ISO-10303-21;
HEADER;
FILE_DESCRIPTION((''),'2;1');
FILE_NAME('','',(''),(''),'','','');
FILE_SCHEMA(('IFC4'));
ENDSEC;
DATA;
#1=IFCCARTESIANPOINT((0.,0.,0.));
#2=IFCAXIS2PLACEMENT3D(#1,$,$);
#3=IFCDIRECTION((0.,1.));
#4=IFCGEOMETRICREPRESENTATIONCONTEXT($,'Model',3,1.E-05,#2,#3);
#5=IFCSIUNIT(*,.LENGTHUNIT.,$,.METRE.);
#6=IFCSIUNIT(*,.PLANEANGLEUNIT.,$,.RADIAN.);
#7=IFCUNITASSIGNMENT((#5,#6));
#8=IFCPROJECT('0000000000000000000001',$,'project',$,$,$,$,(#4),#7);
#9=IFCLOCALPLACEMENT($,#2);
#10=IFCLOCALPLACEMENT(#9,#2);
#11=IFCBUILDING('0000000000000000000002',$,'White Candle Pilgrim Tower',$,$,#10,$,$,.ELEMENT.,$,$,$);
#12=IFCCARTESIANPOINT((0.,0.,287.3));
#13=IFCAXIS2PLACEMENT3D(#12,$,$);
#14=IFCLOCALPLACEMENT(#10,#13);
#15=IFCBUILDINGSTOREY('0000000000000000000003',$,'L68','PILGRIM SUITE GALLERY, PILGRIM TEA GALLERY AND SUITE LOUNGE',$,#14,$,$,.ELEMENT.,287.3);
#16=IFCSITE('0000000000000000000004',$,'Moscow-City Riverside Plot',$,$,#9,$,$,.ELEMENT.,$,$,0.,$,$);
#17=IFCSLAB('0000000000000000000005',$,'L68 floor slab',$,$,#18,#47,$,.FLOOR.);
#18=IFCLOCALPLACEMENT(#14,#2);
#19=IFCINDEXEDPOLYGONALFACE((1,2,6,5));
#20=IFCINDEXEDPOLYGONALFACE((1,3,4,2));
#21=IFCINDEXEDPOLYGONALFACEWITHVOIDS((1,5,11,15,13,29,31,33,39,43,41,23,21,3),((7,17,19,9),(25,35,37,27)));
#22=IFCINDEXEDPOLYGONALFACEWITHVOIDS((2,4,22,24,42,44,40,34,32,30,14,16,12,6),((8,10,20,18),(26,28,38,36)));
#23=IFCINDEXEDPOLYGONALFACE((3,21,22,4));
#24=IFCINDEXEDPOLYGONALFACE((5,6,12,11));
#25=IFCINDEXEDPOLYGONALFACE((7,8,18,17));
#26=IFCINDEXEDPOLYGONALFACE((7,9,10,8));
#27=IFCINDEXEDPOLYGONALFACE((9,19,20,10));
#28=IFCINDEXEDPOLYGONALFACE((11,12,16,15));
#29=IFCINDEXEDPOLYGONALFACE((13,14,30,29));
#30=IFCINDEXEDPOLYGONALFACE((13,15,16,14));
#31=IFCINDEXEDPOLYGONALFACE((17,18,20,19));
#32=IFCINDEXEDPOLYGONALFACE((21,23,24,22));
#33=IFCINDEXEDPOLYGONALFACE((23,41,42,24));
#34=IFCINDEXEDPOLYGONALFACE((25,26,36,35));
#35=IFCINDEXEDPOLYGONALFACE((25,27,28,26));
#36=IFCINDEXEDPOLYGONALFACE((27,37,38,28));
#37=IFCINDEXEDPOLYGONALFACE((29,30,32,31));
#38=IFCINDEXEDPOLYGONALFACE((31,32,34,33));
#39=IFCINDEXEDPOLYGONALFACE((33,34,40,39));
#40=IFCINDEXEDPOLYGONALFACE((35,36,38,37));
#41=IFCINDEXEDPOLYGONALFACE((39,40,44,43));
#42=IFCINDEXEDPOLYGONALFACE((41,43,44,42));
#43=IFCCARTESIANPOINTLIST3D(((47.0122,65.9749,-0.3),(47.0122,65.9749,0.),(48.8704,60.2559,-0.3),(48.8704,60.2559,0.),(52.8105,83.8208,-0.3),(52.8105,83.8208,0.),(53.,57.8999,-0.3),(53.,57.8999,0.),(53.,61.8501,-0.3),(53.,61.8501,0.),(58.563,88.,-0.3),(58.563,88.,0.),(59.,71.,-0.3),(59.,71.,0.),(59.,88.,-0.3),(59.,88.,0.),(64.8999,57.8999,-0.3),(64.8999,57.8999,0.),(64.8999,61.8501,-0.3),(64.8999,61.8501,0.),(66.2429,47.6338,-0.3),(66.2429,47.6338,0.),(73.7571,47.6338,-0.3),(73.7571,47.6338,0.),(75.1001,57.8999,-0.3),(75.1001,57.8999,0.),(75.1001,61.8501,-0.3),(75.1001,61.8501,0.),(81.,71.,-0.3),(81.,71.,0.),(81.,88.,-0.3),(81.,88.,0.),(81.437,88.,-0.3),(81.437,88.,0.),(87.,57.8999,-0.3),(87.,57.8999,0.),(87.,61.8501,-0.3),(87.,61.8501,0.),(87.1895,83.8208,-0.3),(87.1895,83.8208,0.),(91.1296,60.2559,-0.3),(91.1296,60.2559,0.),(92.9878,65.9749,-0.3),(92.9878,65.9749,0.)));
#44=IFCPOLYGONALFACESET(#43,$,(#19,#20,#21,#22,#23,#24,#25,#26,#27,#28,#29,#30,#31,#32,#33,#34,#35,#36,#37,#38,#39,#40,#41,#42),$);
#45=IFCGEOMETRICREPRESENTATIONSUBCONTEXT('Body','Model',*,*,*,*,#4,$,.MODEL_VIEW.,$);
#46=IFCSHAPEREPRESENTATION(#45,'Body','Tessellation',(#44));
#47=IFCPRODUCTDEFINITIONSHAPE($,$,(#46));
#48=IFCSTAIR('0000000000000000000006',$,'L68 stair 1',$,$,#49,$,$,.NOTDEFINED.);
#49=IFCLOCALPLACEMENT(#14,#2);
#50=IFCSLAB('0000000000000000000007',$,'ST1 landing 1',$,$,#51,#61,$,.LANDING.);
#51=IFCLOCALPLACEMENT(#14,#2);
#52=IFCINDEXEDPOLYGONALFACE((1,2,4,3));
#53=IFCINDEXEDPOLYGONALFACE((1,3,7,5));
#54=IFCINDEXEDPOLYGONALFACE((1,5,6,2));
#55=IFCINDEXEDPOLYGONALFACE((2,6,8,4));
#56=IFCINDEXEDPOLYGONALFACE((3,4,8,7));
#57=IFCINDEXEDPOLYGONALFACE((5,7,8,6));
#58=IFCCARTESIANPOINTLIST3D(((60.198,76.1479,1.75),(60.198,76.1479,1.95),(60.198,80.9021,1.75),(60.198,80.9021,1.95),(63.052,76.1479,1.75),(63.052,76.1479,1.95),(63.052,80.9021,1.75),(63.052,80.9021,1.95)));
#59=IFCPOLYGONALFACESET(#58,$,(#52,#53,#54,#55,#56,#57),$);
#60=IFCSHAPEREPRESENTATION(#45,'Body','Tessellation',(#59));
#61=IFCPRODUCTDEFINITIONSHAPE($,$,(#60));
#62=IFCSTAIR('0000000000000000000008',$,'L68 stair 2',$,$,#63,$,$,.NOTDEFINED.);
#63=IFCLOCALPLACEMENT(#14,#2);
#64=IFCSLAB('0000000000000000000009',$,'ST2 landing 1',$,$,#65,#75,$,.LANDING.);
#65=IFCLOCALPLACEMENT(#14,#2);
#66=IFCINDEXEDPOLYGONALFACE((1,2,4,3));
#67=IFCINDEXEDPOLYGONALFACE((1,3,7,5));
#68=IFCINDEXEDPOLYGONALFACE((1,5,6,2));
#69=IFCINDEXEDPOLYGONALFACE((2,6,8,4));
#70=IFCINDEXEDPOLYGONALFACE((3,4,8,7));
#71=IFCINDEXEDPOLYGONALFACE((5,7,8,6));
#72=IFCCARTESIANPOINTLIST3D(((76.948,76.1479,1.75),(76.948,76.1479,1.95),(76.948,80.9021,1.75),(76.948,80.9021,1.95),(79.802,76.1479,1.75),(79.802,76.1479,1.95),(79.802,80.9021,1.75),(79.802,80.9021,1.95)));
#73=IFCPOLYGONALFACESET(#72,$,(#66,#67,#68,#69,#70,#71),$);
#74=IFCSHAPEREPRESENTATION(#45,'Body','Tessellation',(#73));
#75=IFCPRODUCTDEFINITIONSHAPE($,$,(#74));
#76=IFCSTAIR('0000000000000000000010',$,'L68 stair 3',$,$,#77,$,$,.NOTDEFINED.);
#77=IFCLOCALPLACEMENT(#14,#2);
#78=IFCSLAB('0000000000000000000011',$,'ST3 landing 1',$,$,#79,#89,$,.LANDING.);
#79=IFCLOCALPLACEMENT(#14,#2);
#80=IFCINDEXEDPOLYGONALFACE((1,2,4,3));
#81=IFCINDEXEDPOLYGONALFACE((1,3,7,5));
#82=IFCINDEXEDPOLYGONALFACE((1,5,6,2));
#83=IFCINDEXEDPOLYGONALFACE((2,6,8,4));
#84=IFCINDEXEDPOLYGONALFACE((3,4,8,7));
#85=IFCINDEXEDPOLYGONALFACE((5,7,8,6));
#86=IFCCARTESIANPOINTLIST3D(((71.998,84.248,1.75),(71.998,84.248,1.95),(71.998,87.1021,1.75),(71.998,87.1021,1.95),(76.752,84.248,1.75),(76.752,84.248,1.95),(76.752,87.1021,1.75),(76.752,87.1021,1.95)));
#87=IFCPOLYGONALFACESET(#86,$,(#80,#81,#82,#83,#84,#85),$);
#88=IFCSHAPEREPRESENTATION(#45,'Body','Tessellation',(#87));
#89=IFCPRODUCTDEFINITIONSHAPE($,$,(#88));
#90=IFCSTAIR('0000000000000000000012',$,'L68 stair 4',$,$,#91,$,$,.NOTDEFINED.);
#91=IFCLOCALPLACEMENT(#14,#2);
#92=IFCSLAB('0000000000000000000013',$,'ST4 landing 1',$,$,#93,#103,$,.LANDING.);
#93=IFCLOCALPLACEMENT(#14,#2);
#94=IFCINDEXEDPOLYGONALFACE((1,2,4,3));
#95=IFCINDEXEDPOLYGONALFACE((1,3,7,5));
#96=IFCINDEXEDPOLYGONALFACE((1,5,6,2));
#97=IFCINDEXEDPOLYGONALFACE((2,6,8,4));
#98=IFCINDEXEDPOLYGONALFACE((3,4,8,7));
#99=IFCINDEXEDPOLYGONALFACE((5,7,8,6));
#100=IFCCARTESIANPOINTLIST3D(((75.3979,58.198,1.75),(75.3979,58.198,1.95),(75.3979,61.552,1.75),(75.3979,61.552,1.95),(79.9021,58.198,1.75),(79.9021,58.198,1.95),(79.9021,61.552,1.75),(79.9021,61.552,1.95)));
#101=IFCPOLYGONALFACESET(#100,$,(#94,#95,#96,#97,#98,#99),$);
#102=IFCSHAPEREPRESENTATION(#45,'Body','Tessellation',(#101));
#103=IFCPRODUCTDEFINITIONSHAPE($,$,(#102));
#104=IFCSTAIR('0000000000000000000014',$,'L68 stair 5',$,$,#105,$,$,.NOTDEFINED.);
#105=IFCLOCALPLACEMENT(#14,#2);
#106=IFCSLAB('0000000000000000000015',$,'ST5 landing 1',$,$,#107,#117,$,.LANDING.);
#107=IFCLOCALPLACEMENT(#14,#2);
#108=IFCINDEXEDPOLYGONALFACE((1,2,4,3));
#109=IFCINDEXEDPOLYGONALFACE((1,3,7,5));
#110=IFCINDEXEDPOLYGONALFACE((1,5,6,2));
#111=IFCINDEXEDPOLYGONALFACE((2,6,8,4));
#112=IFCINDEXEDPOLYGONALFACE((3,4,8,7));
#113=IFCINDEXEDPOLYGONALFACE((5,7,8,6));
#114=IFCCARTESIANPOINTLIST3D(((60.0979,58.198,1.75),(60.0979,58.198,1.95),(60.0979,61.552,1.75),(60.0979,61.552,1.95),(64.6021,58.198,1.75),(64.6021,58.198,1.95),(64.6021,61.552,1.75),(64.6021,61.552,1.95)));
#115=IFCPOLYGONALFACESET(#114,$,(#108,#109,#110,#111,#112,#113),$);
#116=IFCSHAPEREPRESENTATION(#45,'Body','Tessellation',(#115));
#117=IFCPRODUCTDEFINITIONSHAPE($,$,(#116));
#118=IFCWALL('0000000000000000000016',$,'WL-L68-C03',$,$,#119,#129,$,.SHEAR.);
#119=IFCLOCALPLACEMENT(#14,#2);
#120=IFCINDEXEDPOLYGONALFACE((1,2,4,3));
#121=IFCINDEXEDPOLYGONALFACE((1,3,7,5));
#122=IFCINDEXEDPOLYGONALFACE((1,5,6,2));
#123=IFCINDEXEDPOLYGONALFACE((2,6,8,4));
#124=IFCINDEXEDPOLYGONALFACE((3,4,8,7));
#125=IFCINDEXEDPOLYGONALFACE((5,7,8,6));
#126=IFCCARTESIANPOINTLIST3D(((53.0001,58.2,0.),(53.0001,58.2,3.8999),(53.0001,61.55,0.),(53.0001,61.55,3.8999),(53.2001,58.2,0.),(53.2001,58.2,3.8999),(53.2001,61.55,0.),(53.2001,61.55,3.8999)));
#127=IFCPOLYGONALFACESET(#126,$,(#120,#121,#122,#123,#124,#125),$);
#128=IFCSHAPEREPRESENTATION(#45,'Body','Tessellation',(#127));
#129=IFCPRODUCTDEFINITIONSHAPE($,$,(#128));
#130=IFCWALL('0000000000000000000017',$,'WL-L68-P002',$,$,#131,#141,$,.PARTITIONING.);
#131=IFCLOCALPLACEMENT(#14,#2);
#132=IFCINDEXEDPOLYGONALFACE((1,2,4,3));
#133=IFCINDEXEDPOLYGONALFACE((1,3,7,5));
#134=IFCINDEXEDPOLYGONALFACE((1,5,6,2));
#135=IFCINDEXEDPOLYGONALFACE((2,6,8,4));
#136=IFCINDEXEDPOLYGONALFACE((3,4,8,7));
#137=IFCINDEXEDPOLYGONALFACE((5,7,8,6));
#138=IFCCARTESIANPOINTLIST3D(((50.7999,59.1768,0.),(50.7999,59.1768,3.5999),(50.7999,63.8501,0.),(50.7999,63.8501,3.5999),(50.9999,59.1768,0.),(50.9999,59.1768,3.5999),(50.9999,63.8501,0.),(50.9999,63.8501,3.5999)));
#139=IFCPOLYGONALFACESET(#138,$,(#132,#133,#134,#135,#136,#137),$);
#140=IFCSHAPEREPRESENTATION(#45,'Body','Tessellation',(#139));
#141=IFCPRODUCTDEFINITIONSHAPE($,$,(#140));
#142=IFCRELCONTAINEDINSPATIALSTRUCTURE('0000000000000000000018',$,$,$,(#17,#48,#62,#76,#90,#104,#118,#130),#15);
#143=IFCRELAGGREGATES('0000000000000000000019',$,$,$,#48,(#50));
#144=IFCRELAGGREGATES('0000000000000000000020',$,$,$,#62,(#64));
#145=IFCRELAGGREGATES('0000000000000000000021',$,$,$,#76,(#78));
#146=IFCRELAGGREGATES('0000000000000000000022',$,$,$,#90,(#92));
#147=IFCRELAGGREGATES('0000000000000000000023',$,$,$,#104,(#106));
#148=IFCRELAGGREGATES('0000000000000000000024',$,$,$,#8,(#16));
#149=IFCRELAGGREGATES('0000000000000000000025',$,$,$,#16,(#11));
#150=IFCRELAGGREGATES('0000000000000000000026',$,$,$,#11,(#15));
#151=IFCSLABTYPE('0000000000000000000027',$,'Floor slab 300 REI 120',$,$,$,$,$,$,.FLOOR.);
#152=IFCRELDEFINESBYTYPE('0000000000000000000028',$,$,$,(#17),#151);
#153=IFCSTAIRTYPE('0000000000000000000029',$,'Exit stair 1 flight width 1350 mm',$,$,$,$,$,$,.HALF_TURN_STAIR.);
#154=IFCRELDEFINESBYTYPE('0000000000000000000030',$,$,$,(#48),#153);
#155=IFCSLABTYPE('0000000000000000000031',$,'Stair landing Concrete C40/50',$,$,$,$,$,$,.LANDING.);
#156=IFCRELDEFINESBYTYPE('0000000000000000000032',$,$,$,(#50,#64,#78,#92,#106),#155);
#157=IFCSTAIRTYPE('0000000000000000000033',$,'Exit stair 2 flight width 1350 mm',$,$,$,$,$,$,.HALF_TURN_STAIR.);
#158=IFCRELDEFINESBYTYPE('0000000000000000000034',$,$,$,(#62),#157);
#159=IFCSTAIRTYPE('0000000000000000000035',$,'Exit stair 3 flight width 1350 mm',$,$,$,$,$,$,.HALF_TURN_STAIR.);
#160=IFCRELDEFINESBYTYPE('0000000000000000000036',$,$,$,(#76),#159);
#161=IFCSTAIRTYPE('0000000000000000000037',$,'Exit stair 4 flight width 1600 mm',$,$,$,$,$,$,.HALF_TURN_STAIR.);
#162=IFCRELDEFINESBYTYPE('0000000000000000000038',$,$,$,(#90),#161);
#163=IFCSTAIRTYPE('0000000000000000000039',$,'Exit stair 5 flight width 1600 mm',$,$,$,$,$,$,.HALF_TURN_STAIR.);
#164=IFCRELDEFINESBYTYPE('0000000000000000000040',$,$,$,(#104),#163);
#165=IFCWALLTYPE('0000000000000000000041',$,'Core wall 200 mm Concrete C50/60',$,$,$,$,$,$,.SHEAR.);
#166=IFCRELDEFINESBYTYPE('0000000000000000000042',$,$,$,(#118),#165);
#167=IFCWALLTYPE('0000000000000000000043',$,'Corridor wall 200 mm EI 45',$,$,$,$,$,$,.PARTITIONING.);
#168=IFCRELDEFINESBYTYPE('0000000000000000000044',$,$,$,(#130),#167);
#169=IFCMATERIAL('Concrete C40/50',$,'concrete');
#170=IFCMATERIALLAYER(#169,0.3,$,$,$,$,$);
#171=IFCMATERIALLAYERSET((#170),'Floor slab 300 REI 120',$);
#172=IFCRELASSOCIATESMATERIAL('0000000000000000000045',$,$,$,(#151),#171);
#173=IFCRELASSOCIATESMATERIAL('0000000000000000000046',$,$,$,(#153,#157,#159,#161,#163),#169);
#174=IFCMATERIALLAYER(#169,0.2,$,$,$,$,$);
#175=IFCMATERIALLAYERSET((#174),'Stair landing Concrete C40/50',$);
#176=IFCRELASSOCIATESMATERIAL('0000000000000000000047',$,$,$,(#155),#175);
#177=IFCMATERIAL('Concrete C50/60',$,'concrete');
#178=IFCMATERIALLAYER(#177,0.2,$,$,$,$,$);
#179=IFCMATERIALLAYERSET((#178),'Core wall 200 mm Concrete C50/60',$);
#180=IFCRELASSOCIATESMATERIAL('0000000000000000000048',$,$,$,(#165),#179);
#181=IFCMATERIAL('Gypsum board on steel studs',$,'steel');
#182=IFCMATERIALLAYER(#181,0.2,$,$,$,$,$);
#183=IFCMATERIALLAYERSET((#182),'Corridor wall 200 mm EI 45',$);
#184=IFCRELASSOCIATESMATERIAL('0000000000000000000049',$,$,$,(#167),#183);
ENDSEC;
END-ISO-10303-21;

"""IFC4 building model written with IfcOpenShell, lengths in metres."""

from ifc_helpers import new_model, si_unit, direction, frame, frame_2d, origin, place, context, subcontext, project, spatial, polyline, rectangle, outline, extrude, material, layer, layer_set, type_object, element, aggregate, save


model = new_model("IFC4")

# Units and contexts
model_context = context("Model", 3, precision=1e-05, world=origin(), true_north=direction((0.0, 1.0)))
body_context = subcontext(model_context, "Body", "Model", "MODEL_VIEW")
ifc_project = project(units=[si_unit("LENGTHUNIT", "METRE"), si_unit("PLANEANGLEUNIT", "RADIAN")], contexts=[model_context])

# Site, building, storey
site_placement = place(None, origin())
site = spatial("IfcSite", under=ifc_project, at=site_placement, Name="Moscow-City Riverside Plot", CompositionType="ELEMENT", RefElevation=0.0)
building_placement = place(site_placement, origin())
building = spatial("IfcBuilding", under=site, at=building_placement, Name="White Candle Pilgrim Tower", CompositionType="ELEMENT")
storey_placement = place(building_placement, frame((0.0, 0.0, 287.3)))
storey = spatial("IfcBuildingStorey", under=building, at=storey_placement, Name="L68", Description="PILGRIM SUITE GALLERY, PILGRIM TEA GALLERY AND SUITE LOUNGE", CompositionType="ELEMENT", Elevation=287.3)

# Slab
ifc_material_1 = material(Name="Concrete C40/50", Category="concrete")
ifc_layer_1 = layer(ifc_material_1, 0.3)
ifc_layer_set_1 = layer_set([ifc_layer_1], Name="Floor slab 300 REI 120")
slab_type_1 = type_object("IfcSlabType", Name="Floor slab 300 REI 120", PredefinedType="FLOOR", material=ifc_layer_set_1)
slab_1_placement = place(storey_placement, frame((0.0, 0.0, -0.3)))
element("IfcSlab", 1, at=slab_1_placement, inside=storey, type_object=slab_type_1, Name="L68 floor slab", PredefinedType="FLOOR", context=body_context, shape_type="SweptSolid", body=[
    extrude(outline(polyline([(66.2429, 47.6338), (73.7571, 47.6338), (91.1296, 60.2559), (92.9878, 65.9749), (87.1895, 83.8208), (81.437, 88.0), (81.0, 88.0), (81.0, 71.0), (59.0, 71.0), (59.0, 88.0), (58.563, 88.0), (52.8105, 83.8208), (47.0122, 65.9749), (48.8704, 60.2559), (66.2429, 47.6338)]), holes=[polyline([(53.0, 57.8999), (53.0, 61.8501), (64.8999, 61.8501), (64.8999, 57.8999), (53.0, 57.8999)]), polyline([(75.1001, 57.8999), (75.1001, 61.8501), (87.0, 61.8501), (87.0, 57.8999), (75.1001, 57.8999)])]), origin(), (0.0, 0.0, 1.0), 0.3),
])

# Stairs, slabs
stair_type_1 = type_object("IfcStairType", Name="Exit stair 1 flight width 1350 mm", PredefinedType="HALF_TURN_STAIR", material=ifc_material_1)
stair_1_placement = place(storey_placement, origin())
stair_1 = element("IfcStair", 2, at=stair_1_placement, inside=storey, type_object=stair_type_1, Name="L68 stair 1", PredefinedType="NOTDEFINED")
ifc_layer_2 = layer(ifc_material_1, 0.2)
ifc_layer_set_2 = layer_set([ifc_layer_2], Name="Stair landing Concrete C40/50")
slab_type_2 = type_object("IfcSlabType", Name="Stair landing Concrete C40/50", PredefinedType="LANDING", material=ifc_layer_set_2)
slab_2_placement = place(storey_placement, frame((0.0, 0.0, 1.75)))
slab_2 = element("IfcSlab", 3, at=slab_2_placement, type_object=slab_type_2, Name="ST1 landing 1", PredefinedType="LANDING", context=body_context, shape_type="SweptSolid", body=[
    extrude(outline(polyline([(63.052, 76.1479), (60.198, 76.1479), (60.198, 80.9021), (63.052, 80.9021), (63.052, 76.1479)])), origin(), (0.0, 0.0, 1.0), 0.2),
])
aggregate(stair_1, [slab_2])
stair_type_2 = type_object("IfcStairType", Name="Exit stair 2 flight width 1350 mm", PredefinedType="HALF_TURN_STAIR", material=ifc_material_1)
stair_2_placement = place(storey_placement, origin())
stair_2 = element("IfcStair", 4, at=stair_2_placement, inside=storey, type_object=stair_type_2, Name="L68 stair 2", PredefinedType="NOTDEFINED")
slab_3_placement = place(storey_placement, frame((0.0, 0.0, 1.75)))
slab_3 = element("IfcSlab", 5, at=slab_3_placement, type_object=slab_type_2, Name="ST2 landing 1", PredefinedType="LANDING", context=body_context, shape_type="SweptSolid", body=[
    extrude(outline(polyline([(79.802, 76.1479), (76.948, 76.1479), (76.948, 80.9021), (79.802, 80.9021), (79.802, 76.1479)])), origin(), (0.0, 0.0, 1.0), 0.2),
])
aggregate(stair_2, [slab_3])
stair_type_3 = type_object("IfcStairType", Name="Exit stair 3 flight width 1350 mm", PredefinedType="HALF_TURN_STAIR", material=ifc_material_1)
stair_3_placement = place(storey_placement, origin())
stair_3 = element("IfcStair", 6, at=stair_3_placement, inside=storey, type_object=stair_type_3, Name="L68 stair 3", PredefinedType="NOTDEFINED")
slab_4_placement = place(storey_placement, frame((0.0, 0.0, 1.75)))
slab_4 = element("IfcSlab", 7, at=slab_4_placement, type_object=slab_type_2, Name="ST3 landing 1", PredefinedType="LANDING", context=body_context, shape_type="SweptSolid", body=[
    extrude(outline(polyline([(71.998, 84.248), (71.998, 87.1021), (76.752, 87.1021), (76.752, 84.248), (71.998, 84.248)])), origin(), (0.0, 0.0, 1.0), 0.2),
])
aggregate(stair_3, [slab_4])
stair_type_4 = type_object("IfcStairType", Name="Exit stair 4 flight width 1600 mm", PredefinedType="HALF_TURN_STAIR", material=ifc_material_1)
stair_4_placement = place(storey_placement, origin())
stair_4 = element("IfcStair", 8, at=stair_4_placement, inside=storey, type_object=stair_type_4, Name="L68 stair 4", PredefinedType="NOTDEFINED")
slab_5_placement = place(storey_placement, frame((0.0, 0.0, 1.75)))
slab_5 = element("IfcSlab", 9, at=slab_5_placement, type_object=slab_type_2, Name="ST4 landing 1", PredefinedType="LANDING", context=body_context, shape_type="SweptSolid", body=[
    extrude(outline(polyline([(79.9021, 61.552), (79.9021, 58.198), (75.3979, 58.198), (75.3979, 61.552), (79.9021, 61.552)])), origin(), (0.0, 0.0, 1.0), 0.2),
])
aggregate(stair_4, [slab_5])
stair_type_5 = type_object("IfcStairType", Name="Exit stair 5 flight width 1600 mm", PredefinedType="HALF_TURN_STAIR", material=ifc_material_1)
stair_5_placement = place(storey_placement, origin())
stair_5 = element("IfcStair", 10, at=stair_5_placement, inside=storey, type_object=stair_type_5, Name="L68 stair 5", PredefinedType="NOTDEFINED")
slab_6_placement = place(storey_placement, frame((0.0, 0.0, 1.75)))
slab_6 = element("IfcSlab", 11, at=slab_6_placement, type_object=slab_type_2, Name="ST5 landing 1", PredefinedType="LANDING", context=body_context, shape_type="SweptSolid", body=[
    extrude(outline(polyline([(60.0979, 58.198), (60.0979, 61.552), (64.6021, 61.552), (64.6021, 58.198), (60.0979, 58.198)])), origin(), (0.0, 0.0, 1.0), 0.2),
])
aggregate(stair_5, [slab_6])

# Walls
ifc_material_2 = material(Name="Concrete C50/60", Category="concrete")
ifc_layer_3 = layer(ifc_material_2, 0.2)
ifc_layer_set_3 = layer_set([ifc_layer_3], Name="Core wall 200 mm Concrete C50/60")
wall_type_1 = type_object("IfcWallType", Name="Core wall 200 mm Concrete C50/60", PredefinedType="SHEAR", material=ifc_layer_set_3)
wall_1_placement = place(storey_placement, frame((53.1001, 58.2, 0.0), z_axis=(0.0, 0.0, 1.0), x_axis=(0.0, 1.0, 0.0)))
element("IfcWall", 12, at=wall_1_placement, inside=storey, type_object=wall_type_1, Name="WL-L68-C03", PredefinedType="SHEAR", context=body_context, shape_type="SweptSolid", body=[
    extrude(rectangle(XDim=3.3501, YDim=0.2, at=frame_2d((1.675, 0.0))), origin(), (0.0, 0.0, 1.0), 3.8999),
])
ifc_material_3 = material(Name="Gypsum board on steel studs", Category="steel")
ifc_layer_4 = layer(ifc_material_3, 0.2)
ifc_layer_set_4 = layer_set([ifc_layer_4], Name="Corridor wall 200 mm EI 45")
wall_type_2 = type_object("IfcWallType", Name="Corridor wall 200 mm EI 45", PredefinedType="PARTITIONING", material=ifc_layer_set_4)
wall_2_placement = place(storey_placement, frame((50.8999, 59.1768, 0.0), z_axis=(0.0, 0.0, 1.0), x_axis=(0.0, 1.0, 0.0)))
element("IfcWall", 13, at=wall_2_placement, inside=storey, type_object=wall_type_2, Name="WL-L68-P002", PredefinedType="PARTITIONING", context=body_context, shape_type="SweptSolid", body=[
    extrude(rectangle(XDim=4.6733, YDim=0.2, at=frame_2d((2.3367, 0.0))), origin(), (0.0, 0.0, 1.0), 3.5999),
])

save(model, "model.ifc")
